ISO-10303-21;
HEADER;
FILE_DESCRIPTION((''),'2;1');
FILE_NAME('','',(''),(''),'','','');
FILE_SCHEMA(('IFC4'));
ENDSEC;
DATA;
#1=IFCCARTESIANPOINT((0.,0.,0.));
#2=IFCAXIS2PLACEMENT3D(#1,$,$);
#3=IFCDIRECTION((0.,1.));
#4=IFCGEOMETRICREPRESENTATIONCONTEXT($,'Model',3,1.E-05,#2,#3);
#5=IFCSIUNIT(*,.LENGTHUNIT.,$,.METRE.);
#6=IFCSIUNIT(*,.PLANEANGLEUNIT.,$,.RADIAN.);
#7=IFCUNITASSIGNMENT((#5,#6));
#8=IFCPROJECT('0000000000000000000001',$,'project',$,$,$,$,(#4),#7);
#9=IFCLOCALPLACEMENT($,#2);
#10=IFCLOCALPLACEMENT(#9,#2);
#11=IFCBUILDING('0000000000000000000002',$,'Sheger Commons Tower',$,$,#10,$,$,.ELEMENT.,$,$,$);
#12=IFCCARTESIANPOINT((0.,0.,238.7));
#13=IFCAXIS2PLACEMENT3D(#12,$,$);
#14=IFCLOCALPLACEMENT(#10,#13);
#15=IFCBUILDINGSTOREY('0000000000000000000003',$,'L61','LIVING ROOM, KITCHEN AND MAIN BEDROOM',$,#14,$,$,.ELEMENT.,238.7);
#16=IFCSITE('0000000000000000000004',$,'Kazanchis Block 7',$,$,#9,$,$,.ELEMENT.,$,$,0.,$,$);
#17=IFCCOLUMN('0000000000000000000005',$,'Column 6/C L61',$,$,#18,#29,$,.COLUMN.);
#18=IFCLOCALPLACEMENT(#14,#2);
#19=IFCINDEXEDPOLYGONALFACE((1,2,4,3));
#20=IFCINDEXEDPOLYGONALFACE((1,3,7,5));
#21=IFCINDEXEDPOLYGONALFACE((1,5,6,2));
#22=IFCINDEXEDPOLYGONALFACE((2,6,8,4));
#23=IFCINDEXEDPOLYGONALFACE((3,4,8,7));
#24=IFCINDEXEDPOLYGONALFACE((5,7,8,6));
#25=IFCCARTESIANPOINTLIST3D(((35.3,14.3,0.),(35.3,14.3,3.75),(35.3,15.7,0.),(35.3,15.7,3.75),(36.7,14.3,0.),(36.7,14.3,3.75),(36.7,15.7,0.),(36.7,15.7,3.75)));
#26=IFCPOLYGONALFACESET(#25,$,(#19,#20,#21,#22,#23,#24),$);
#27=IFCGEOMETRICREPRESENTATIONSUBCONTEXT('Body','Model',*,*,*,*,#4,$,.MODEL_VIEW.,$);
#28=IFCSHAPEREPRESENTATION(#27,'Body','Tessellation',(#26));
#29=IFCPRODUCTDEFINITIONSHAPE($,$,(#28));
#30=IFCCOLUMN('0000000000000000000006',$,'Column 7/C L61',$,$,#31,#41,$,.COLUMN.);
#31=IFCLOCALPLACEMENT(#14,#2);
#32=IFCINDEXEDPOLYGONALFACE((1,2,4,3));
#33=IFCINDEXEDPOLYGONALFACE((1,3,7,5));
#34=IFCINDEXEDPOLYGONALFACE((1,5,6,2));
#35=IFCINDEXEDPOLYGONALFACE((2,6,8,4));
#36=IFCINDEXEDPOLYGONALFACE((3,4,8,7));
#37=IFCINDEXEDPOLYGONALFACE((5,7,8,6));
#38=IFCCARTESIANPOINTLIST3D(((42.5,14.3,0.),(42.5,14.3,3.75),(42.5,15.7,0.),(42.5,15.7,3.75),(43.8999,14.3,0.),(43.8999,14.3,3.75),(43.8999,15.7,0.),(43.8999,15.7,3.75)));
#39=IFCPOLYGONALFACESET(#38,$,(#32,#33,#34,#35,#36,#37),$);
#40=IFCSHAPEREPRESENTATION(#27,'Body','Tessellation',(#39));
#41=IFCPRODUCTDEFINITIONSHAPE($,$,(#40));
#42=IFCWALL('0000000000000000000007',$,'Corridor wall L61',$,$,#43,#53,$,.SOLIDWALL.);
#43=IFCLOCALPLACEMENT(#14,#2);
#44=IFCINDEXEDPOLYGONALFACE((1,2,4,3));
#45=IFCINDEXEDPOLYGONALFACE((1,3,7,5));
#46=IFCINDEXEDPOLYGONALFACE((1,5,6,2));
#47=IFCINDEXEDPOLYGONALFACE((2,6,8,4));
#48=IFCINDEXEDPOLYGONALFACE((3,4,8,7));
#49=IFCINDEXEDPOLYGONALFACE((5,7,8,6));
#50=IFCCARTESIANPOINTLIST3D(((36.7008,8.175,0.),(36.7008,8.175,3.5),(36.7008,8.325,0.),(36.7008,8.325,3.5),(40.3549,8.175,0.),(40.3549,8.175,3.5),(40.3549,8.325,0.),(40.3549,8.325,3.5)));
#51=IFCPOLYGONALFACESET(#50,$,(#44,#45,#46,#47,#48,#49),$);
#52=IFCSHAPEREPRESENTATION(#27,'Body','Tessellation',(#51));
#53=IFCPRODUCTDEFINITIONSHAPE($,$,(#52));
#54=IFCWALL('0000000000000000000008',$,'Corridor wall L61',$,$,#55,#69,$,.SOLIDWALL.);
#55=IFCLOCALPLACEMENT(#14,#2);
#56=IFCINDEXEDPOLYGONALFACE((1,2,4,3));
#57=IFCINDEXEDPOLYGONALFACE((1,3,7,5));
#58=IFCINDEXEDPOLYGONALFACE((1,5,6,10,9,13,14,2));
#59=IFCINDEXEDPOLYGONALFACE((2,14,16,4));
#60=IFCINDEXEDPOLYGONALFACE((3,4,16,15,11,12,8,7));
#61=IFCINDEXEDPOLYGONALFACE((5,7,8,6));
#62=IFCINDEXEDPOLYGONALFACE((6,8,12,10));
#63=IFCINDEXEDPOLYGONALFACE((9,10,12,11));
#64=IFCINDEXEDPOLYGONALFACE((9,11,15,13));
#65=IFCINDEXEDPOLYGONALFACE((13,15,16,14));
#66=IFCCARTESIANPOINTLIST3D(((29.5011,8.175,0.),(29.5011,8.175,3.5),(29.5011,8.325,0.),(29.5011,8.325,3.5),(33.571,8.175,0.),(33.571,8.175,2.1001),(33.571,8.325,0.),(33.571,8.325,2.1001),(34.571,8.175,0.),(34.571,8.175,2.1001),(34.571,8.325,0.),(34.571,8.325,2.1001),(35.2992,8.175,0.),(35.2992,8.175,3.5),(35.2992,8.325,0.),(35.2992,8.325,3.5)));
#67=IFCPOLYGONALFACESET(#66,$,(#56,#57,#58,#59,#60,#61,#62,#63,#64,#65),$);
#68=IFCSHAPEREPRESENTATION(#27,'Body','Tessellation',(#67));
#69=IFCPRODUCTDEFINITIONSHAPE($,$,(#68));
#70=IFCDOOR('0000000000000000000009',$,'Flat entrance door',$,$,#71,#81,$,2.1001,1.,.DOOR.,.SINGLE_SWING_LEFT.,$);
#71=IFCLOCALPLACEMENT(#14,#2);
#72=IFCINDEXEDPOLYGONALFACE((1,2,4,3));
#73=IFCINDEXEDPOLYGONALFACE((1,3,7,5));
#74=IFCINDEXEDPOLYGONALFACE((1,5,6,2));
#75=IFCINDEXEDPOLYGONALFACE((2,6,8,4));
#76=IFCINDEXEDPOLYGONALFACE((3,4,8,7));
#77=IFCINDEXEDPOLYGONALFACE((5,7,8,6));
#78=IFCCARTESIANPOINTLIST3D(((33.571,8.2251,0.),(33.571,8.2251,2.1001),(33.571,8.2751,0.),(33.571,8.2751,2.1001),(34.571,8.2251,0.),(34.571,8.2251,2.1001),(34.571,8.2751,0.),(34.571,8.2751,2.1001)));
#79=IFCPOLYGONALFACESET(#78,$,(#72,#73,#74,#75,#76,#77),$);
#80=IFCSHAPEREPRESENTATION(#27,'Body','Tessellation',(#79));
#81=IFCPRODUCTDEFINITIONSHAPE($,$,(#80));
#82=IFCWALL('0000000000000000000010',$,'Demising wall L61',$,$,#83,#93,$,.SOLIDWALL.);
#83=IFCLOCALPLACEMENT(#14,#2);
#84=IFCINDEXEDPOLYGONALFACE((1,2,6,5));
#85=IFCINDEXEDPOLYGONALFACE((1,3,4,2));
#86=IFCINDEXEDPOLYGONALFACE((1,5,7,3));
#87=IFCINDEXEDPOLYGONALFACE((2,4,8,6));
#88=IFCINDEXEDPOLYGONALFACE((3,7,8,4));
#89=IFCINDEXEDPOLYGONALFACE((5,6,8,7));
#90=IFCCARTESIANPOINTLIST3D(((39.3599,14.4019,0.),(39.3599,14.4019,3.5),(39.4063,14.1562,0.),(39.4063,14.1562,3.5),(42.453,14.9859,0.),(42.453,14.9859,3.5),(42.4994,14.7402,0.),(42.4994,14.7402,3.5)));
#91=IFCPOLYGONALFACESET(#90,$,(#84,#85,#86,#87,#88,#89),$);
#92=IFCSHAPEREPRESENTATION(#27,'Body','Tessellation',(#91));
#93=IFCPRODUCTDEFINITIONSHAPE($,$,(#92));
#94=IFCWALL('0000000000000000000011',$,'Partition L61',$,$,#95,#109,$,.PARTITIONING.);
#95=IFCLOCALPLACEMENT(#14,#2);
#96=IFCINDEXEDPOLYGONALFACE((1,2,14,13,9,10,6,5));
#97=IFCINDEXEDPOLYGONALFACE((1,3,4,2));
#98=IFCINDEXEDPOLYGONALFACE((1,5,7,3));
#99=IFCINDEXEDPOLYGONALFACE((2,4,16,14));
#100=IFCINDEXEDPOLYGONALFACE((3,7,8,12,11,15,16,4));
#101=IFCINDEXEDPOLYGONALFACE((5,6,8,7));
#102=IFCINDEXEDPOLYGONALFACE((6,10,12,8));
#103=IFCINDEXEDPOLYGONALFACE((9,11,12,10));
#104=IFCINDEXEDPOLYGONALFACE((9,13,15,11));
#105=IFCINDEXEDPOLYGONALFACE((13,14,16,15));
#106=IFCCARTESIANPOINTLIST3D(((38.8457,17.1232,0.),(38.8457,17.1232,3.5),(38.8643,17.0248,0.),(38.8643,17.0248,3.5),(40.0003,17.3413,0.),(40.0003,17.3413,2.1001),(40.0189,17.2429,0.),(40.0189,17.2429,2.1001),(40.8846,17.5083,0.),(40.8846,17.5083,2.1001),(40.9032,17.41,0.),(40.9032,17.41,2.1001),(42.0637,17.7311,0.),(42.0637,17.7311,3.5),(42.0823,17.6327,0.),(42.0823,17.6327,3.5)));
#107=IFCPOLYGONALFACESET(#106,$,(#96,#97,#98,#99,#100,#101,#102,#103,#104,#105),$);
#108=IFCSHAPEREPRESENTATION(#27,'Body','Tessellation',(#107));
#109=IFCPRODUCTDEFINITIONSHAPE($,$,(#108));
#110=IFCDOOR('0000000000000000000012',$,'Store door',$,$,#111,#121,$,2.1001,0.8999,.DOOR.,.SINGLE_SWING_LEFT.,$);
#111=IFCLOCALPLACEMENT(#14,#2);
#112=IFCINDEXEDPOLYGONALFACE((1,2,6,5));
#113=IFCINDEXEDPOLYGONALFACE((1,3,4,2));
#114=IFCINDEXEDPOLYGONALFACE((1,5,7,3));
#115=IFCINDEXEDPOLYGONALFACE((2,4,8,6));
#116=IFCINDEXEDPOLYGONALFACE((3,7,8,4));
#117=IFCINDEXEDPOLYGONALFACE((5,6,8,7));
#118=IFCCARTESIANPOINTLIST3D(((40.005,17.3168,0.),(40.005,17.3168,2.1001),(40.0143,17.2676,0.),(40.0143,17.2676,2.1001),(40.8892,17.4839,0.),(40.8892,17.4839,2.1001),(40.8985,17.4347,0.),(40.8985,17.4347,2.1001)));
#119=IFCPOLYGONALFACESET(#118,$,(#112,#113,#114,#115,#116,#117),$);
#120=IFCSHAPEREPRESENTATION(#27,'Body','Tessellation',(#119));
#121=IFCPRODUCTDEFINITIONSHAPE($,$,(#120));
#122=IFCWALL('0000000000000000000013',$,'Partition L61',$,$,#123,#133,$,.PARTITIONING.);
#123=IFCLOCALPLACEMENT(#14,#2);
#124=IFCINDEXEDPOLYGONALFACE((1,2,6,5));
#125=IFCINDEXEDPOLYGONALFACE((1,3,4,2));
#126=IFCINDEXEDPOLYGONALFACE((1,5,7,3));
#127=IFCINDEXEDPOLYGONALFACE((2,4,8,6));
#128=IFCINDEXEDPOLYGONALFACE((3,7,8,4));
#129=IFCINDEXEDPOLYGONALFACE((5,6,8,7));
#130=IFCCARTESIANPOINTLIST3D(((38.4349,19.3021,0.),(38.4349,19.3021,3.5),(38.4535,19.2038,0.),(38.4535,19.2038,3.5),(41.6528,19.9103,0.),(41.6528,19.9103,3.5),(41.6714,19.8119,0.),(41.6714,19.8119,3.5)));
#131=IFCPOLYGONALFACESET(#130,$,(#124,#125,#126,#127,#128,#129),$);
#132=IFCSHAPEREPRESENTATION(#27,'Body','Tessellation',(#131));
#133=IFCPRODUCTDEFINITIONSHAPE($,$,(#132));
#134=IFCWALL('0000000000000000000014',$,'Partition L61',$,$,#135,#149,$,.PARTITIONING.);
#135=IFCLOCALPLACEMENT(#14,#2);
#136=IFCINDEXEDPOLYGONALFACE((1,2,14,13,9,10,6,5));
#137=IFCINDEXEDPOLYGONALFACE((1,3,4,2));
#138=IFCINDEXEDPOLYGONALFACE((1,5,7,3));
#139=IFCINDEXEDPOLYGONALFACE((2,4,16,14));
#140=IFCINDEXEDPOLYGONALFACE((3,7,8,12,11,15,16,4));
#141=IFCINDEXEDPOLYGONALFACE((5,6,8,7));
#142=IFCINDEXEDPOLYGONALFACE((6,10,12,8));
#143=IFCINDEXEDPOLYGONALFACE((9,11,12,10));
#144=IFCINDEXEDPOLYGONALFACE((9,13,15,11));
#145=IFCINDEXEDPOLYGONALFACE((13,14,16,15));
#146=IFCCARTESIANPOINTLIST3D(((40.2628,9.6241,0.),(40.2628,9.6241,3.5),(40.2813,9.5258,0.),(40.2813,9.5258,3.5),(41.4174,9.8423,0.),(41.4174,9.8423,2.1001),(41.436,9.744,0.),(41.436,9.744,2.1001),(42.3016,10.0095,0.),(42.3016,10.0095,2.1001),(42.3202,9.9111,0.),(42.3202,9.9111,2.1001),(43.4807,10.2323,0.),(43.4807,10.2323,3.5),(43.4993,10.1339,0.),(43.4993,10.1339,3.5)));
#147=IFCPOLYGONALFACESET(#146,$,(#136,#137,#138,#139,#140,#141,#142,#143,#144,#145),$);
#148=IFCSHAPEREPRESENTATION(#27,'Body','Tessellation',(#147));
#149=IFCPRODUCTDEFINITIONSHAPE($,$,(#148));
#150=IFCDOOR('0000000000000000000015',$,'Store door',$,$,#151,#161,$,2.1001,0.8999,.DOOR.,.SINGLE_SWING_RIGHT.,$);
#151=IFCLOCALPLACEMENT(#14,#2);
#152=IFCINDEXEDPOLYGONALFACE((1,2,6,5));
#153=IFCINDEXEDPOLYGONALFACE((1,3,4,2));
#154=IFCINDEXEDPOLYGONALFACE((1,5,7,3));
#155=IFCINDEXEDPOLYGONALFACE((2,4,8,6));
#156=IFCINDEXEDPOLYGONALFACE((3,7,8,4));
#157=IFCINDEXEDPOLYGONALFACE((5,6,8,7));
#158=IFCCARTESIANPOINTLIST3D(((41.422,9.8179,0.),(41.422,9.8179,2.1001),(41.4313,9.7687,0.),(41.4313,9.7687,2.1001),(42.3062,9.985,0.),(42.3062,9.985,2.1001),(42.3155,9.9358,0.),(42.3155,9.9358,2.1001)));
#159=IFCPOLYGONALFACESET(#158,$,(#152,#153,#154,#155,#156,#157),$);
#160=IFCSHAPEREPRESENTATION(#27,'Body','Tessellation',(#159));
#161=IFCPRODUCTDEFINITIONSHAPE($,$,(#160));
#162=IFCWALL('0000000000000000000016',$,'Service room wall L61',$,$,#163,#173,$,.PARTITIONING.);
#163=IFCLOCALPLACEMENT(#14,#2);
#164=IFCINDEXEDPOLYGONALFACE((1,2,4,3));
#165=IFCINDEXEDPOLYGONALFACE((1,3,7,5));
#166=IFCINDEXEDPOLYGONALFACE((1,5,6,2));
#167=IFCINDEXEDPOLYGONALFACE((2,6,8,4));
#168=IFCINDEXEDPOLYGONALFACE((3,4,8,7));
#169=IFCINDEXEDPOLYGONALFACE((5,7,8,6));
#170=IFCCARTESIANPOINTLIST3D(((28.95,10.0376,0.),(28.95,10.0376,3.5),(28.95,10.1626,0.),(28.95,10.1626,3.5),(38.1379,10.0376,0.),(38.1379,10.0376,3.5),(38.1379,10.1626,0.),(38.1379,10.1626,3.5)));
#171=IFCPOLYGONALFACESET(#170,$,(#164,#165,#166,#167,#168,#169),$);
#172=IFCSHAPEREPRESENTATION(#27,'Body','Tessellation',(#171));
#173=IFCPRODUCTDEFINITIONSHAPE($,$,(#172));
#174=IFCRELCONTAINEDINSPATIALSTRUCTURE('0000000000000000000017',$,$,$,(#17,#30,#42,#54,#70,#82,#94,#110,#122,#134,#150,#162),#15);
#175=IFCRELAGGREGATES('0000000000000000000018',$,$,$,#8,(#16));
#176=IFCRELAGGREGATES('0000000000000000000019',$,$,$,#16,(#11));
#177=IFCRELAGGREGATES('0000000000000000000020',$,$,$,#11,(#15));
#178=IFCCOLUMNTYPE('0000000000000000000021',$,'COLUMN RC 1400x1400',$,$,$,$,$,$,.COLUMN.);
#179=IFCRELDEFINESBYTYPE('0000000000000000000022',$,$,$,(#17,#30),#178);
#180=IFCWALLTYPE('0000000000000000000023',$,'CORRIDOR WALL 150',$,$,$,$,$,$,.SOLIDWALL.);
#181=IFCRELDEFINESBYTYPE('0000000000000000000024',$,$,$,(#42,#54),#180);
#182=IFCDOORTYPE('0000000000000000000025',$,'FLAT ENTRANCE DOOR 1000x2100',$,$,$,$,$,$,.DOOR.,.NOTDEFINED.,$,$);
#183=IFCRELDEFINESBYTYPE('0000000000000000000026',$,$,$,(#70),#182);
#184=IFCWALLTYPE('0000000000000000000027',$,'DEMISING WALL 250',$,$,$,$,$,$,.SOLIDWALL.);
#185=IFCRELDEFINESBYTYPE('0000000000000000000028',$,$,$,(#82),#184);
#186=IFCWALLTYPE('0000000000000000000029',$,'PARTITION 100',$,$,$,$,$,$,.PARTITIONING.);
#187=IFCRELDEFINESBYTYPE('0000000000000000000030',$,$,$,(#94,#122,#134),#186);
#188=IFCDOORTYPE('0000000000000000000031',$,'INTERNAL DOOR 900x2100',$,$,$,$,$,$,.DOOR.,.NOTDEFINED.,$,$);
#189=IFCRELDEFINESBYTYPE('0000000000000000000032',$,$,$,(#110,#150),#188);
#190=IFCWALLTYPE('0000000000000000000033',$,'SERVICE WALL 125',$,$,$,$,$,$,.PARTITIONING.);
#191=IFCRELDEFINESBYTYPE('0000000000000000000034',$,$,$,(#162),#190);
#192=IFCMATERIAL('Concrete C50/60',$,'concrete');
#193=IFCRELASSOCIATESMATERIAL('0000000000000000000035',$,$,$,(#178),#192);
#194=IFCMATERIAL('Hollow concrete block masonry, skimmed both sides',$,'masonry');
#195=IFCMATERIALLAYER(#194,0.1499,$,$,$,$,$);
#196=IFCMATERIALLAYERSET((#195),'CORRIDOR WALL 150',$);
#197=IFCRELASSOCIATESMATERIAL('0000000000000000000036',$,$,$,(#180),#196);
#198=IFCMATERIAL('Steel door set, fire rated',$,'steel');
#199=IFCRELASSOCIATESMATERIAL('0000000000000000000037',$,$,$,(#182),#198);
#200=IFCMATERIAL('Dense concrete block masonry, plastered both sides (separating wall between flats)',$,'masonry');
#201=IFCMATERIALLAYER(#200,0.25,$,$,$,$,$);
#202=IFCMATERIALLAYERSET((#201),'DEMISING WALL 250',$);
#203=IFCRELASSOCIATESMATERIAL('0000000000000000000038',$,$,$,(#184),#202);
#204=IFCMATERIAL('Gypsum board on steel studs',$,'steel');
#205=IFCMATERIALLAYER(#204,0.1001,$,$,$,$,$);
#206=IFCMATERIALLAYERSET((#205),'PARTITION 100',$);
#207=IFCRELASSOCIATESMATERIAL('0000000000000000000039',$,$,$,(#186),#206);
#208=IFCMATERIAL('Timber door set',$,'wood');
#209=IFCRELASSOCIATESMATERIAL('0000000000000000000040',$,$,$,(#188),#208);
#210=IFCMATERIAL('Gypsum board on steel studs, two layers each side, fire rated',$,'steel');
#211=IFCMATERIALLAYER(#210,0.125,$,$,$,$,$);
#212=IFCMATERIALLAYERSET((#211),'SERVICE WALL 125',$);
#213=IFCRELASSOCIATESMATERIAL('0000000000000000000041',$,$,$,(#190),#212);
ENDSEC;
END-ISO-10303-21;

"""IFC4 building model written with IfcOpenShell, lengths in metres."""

from ifc_helpers import new_model, si_unit, direction, frame, frame_2d, origin, origin_2d, place, context, subcontext, project, spatial, rectangle, extrude, material, layer, layer_set, material_profile, profile_set, type_object, element, fill, save


model = new_model("IFC4")

# Units and contexts
model_context = context("Model", 3, precision=1e-05, world=origin(), true_north=direction((0.0, 1.0)))
body_context = subcontext(model_context, "Body", "Model", "MODEL_VIEW")
ifc_project = project(units=[si_unit("LENGTHUNIT", "METRE"), si_unit("PLANEANGLEUNIT", "RADIAN")], contexts=[model_context])

# Site, building, storey
site_placement = place(None, origin())
site = spatial("IfcSite", under=ifc_project, at=site_placement, Name="Kazanchis Block 7", CompositionType="ELEMENT", RefElevation=0.0)
building_placement = place(site_placement, origin())
building = spatial("IfcBuilding", under=site, at=building_placement, Name="Sheger Commons Tower", CompositionType="ELEMENT")
storey_placement = place(building_placement, frame((0.0, 0.0, 238.7)))
storey = spatial("IfcBuildingStorey", under=building, at=storey_placement, Name="L61", Description="LIVING ROOM, KITCHEN AND MAIN BEDROOM", CompositionType="ELEMENT", Elevation=238.7)

# Columns
ifc_material_1 = material(Name="Concrete C50/60", Category="concrete")
ifc_material_profile = material_profile(ifc_material_1, rectangle(XDim=1.3999, YDim=1.3999, at=origin_2d()), Name="RC 1400x1400")
ifc_profile_set = profile_set([ifc_material_profile], Name="Concrete C50/60")
column_type = type_object("IfcColumnType", Name="COLUMN RC 1400x1400", PredefinedType="COLUMN", material=ifc_profile_set)
for number, where, z_axis, x_axis, name in (
    (1, (36.0, 15.0, 0.0), (0.0, 0.0, 1.0), (1.0, 0.0, 0.0), "Column 6/C L61"),
    (2, (43.2, 15.0, 0.0), (0.0, 0.0, 1.0), (1.0, 0.0, 0.0), "Column 7/C L61"),
):
    element("IfcColumn", number, at=place(storey_placement, frame(where, z_axis=z_axis, x_axis=x_axis)), inside=storey, type_object=column_type, Name=name, PredefinedType="COLUMN", context=body_context, shape_type="SweptSolid", body=[
        extrude(rectangle(XDim=1.3999, YDim=1.3999, at=origin_2d()), origin(), (0.0, 0.0, 1.0), 3.75),
    ])

# Wall
ifc_material_2 = material(Name="Hollow concrete block masonry, skimmed both sides", Category="masonry")
ifc_layer_1 = layer(ifc_material_2, 0.1499)
ifc_layer_set_1 = layer_set([ifc_layer_1], Name="CORRIDOR WALL 150")
wall_type_1 = type_object("IfcWallType", Name="CORRIDOR WALL 150", PredefinedType="SOLIDWALL", material=ifc_layer_set_1)
wall_1_placement = place(storey_placement, frame((40.355, 8.25, 0.0), z_axis=(0.0, 0.0, 1.0), x_axis=(-1.0, 0.0, 0.0)))
element("IfcWall", 3, at=wall_1_placement, inside=storey, type_object=wall_type_1, Name="Corridor wall L61", PredefinedType="SOLIDWALL", context=body_context, shape_type="SweptSolid", body=[
    extrude(rectangle(XDim=3.6541, YDim=0.1499, at=frame_2d((1.8271, 0.0))), origin(), (0.0, 0.0, 1.0), 3.5),
])

# Wall, opening, door
wall_2_placement = place(storey_placement, frame((35.2991, 8.25, 0.0), z_axis=(0.0, 0.0, 1.0), x_axis=(-1.0, 0.0, 0.0)))
wall_2 = element("IfcWall", 4, at=wall_2_placement, inside=storey, type_object=wall_type_1, Name="Corridor wall L61", PredefinedType="SOLIDWALL", context=body_context, shape_type="SweptSolid", body=[
    extrude(rectangle(XDim=5.7981, YDim=0.1499, at=frame_2d((2.8989, 0.0))), origin(), (0.0, 0.0, 1.0), 3.5),
])
opening_1_placement = place(wall_2_placement, frame((0.728, 0.0, 0.0)))
opening_1 = element("IfcOpeningElement", 5, at=opening_1_placement, cuts=wall_2, PredefinedType="OPENING", context=body_context, shape_type="SweptSolid", body=[
    extrude(rectangle(XDim=1.0, YDim=2.1001, at=frame_2d((0.5, 1.05))), frame((0.0, 0.085, 0.0), z_axis=(0.0, -1.0, 0.0), x_axis=(1.0, 0.0, 0.0)), (0.0, 0.0, 1.0), 0.1699),
])
ifc_material_3 = material(Name="Steel door set, fire rated", Category="steel")
door_type_1 = type_object("IfcDoorType", Name="FLAT ENTRANCE DOOR 1000x2100", OperationType="NOTDEFINED", PredefinedType="DOOR", material=ifc_material_3)
door_1_placement = place(opening_1_placement, origin())
door_1 = element("IfcDoor", 6, at=door_1_placement, inside=storey, type_object=door_type_1, Name="Flat entrance door", OperationType="SINGLE_SWING_LEFT", OverallHeight=2.1001, OverallWidth=1.0, PredefinedType="DOOR", context=body_context, shape_type="SweptSolid", body=[
    extrude(rectangle(XDim=1.0, YDim=2.1001, at=frame_2d((0.5, 1.05))), frame((0.0, 0.0249, 0.0), z_axis=(0.0, -1.0, 0.0), x_axis=(1.0, 0.0, 0.0)), (0.0, 0.0, 1.0), 0.05),
])
fill(opening_1, door_1)

# Wall
ifc_material_4 = material(Name="Dense concrete block masonry, plastered both sides (separating wall between flats)", Category="masonry")
ifc_layer_2 = layer(ifc_material_4, 0.25)
ifc_layer_set_2 = layer_set([ifc_layer_2], Name="DEMISING WALL 250")
wall_type_2 = type_object("IfcWallType", Name="DEMISING WALL 250", PredefinedType="SOLIDWALL", material=ifc_layer_set_2)
wall_3_placement = place(storey_placement, frame((42.4761, 14.863, 0.0), z_axis=(0.0, 0.0, 1.0), x_axis=(-0.982639, -0.185529, 0.0)))
element("IfcWall", 7, at=wall_3_placement, inside=storey, type_object=wall_type_2, Name="Demising wall L61", PredefinedType="SOLIDWALL", context=body_context, shape_type="SweptSolid", body=[
    extrude(rectangle(XDim=3.1477, YDim=0.25, at=frame_2d((1.5737, 0.0))), origin(), (0.0, 0.0, 1.0), 3.5),
])

# Wall, opening, door
ifc_material_5 = material(Name="Gypsum board on steel studs", Category="steel")
ifc_layer_3 = layer(ifc_material_5, 0.1001)
ifc_layer_set_3 = layer_set([ifc_layer_3], Name="PARTITION 100")
wall_type_3 = type_object("IfcWallType", Name="PARTITION 100", PredefinedType="PARTITIONING", material=ifc_layer_set_3)
wall_4_placement = place(storey_placement, frame((42.073, 17.6819, 0.0), z_axis=(0.0, 0.0, 1.0), x_axis=(-0.982621, -0.185625, 0.0)))
wall_4 = element("IfcWall", 8, at=wall_4_placement, inside=storey, type_object=wall_type_3, Name="Partition L61", PredefinedType="PARTITIONING", context=body_context, shape_type="SweptSolid", body=[
    extrude(rectangle(XDim=3.2749, YDim=0.1001, at=frame_2d((1.6375, 0.0))), origin(), (0.0, 0.0, 1.0), 3.5),
])
opening_2_placement = place(wall_4_placement, frame((1.2, 0.0, 0.0)))
opening_2 = element("IfcOpeningElement", 9, at=opening_2_placement, cuts=wall_4, PredefinedType="OPENING", context=body_context, shape_type="SweptSolid", body=[
    extrude(rectangle(XDim=0.8999, YDim=2.1001, at=frame_2d((0.45, 1.05))), frame((0.0, 0.0601, 0.0), z_axis=(0.0, -1.0, 0.0), x_axis=(1.0, 0.0, 0.0)), (0.0, 0.0, 1.0), 0.1201),
])
ifc_material_6 = material(Name="Timber door set", Category="wood")
door_type_2 = type_object("IfcDoorType", Name="INTERNAL DOOR 900x2100", OperationType="NOTDEFINED", PredefinedType="DOOR", material=ifc_material_6)
door_2_placement = place(opening_2_placement, origin())
door_2 = element("IfcDoor", 10, at=door_2_placement, inside=storey, type_object=door_type_2, Name="Store door", OperationType="SINGLE_SWING_LEFT", OverallHeight=2.1001, OverallWidth=0.8999, PredefinedType="DOOR", context=body_context, shape_type="SweptSolid", body=[
    extrude(rectangle(XDim=0.8999, YDim=2.1001, at=frame_2d((0.45, 1.05))), frame((0.0, 0.0249, 0.0), z_axis=(0.0, -1.0, 0.0), x_axis=(1.0, 0.0, 0.0)), (0.0, 0.0, 1.0), 0.05),
])
fill(opening_2, door_2)

# Wall
wall_5_placement = place(storey_placement, frame((41.6621, 19.8611, 0.0), z_axis=(0.0, 0.0, 1.0), x_axis=(-0.982607, -0.185697, 0.0)))
element("IfcWall", 11, at=wall_5_placement, inside=storey, type_object=wall_type_3, Name="Partition L61", PredefinedType="PARTITIONING", context=body_context, shape_type="SweptSolid", body=[
    extrude(rectangle(XDim=3.2749, YDim=0.1001, at=frame_2d((1.6375, 0.0))), origin(), (0.0, 0.0, 1.0), 3.5),
])

# Wall, opening, door
wall_6_placement = place(storey_placement, frame((43.49, 10.1831, 0.0), z_axis=(0.0, 0.0, 1.0), x_axis=(-0.982607, -0.185697, 0.0)))
wall_6 = element("IfcWall", 12, at=wall_6_placement, inside=storey, type_object=wall_type_3, Name="Partition L61", PredefinedType="PARTITIONING", context=body_context, shape_type="SweptSolid", body=[
    extrude(rectangle(XDim=3.2749, YDim=0.1001, at=frame_2d((1.6375, 0.0))), origin(), (0.0, 0.0, 1.0), 3.5),
])
opening_3_placement = place(wall_6_placement, frame((1.2, 0.0, 0.0)))
opening_3 = element("IfcOpeningElement", 13, at=opening_3_placement, cuts=wall_6, PredefinedType="OPENING", context=body_context, shape_type="SweptSolid", body=[
    extrude(rectangle(XDim=0.8999, YDim=2.1001, at=frame_2d((0.45, 1.05))), frame((0.0, 0.0601, 0.0), z_axis=(0.0, -1.0, 0.0), x_axis=(1.0, 0.0, 0.0)), (0.0, 0.0, 1.0), 0.1201),
])
door_3_placement = place(opening_3_placement, origin())
door_3 = element("IfcDoor", 14, at=door_3_placement, inside=storey, type_object=door_type_2, Name="Store door", OperationType="SINGLE_SWING_RIGHT", OverallHeight=2.1001, OverallWidth=0.8999, PredefinedType="DOOR", context=body_context, shape_type="SweptSolid", body=[
    extrude(rectangle(XDim=0.8999, YDim=2.1001, at=frame_2d((0.45, 1.05))), frame((0.0, 0.0249, 0.0), z_axis=(0.0, -1.0, 0.0), x_axis=(1.0, 0.0, 0.0)), (0.0, 0.0, 1.0), 0.05),
])
fill(opening_3, door_3)

# Wall
ifc_material_7 = material(Name="Gypsum board on steel studs, two layers each side, fire rated", Category="steel")
ifc_layer_4 = layer(ifc_material_7, 0.125)
ifc_layer_set_4 = layer_set([ifc_layer_4], Name="SERVICE WALL 125")
wall_type_4 = type_object("IfcWallType", Name="SERVICE WALL 125", PredefinedType="PARTITIONING", material=ifc_layer_set_4)
wall_7_placement = place(storey_placement, frame((28.95, 10.1001, 0.0), z_axis=(0.0, 0.0, 1.0), x_axis=(1.0, 0.0, 0.0)))
element("IfcWall", 15, at=wall_7_placement, inside=storey, type_object=wall_type_4, Name="Service room wall L61", PredefinedType="PARTITIONING", context=body_context, shape_type="SweptSolid", body=[
    extrude(rectangle(XDim=9.188, YDim=0.125, at=frame_2d((4.594, 0.0))), origin(), (0.0, 0.0, 1.0), 3.5),
])

save(model, "model.ifc")
